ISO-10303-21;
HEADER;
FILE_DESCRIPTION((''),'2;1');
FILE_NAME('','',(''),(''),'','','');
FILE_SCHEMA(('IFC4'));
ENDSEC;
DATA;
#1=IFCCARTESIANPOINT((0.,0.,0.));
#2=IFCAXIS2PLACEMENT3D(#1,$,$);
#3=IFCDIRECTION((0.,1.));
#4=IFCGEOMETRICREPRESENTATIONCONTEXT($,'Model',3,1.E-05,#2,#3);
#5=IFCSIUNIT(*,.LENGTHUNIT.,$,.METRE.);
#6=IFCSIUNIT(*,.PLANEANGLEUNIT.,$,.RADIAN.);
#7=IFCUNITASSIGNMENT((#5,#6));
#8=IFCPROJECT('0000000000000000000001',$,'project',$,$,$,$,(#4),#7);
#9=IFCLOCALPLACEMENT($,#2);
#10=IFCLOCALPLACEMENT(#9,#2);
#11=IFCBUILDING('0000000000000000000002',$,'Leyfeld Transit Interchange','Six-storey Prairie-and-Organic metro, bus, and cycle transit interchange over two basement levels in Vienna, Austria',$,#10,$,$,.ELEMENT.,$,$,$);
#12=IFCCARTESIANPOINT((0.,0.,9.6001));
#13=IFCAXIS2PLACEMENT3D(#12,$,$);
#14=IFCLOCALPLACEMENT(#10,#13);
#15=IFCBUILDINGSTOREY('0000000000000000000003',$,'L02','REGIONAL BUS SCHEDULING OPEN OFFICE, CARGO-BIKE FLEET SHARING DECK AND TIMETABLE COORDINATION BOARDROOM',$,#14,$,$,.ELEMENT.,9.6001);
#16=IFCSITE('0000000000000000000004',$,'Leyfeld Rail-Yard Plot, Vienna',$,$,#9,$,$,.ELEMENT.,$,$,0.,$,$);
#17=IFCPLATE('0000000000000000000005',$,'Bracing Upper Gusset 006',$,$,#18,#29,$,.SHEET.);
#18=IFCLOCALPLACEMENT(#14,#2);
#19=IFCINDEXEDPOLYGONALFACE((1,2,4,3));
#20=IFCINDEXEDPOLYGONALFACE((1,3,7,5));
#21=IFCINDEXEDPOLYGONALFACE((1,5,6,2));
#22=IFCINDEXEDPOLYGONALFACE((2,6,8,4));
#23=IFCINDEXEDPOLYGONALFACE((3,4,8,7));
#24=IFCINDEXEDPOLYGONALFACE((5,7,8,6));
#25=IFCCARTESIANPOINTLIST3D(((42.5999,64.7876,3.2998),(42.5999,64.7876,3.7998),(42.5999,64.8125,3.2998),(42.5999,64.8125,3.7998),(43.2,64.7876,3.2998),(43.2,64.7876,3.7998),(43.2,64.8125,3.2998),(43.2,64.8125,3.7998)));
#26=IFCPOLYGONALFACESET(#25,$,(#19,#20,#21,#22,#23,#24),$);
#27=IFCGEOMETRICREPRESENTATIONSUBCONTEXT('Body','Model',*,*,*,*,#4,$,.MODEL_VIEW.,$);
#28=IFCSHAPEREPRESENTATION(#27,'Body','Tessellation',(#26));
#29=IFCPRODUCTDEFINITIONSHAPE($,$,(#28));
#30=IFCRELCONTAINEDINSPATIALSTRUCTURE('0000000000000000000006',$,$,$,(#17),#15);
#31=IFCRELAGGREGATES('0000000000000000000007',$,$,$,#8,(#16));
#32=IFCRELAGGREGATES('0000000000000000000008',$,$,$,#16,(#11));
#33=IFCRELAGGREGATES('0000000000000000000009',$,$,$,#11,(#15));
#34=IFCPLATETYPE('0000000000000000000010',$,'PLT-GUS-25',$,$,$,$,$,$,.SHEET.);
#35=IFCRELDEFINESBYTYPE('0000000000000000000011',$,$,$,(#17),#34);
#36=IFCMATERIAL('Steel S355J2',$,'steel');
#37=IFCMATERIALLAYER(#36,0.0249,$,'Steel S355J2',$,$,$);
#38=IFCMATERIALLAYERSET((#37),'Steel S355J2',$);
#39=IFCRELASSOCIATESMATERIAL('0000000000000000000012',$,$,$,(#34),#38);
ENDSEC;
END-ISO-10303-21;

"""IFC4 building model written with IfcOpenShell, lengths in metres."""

from ifc_helpers import new_model, si_unit, direction, frame, origin, origin_2d, place, context, subcontext, project, spatial, rectangle, extrude, material, layer, layer_set, type_object, element, save


model = new_model("IFC4")

# Units and contexts
model_context = context("Model", 3, precision=1e-05, world=origin(), true_north=direction((0.0, 1.0)))
body_context = subcontext(model_context, "Body", "Model", "MODEL_VIEW")
ifc_project = project(units=[si_unit("LENGTHUNIT", "METRE"), si_unit("PLANEANGLEUNIT", "RADIAN")], contexts=[model_context])

# Site, building, storey
site_placement = place(None, origin())
site = spatial("IfcSite", under=ifc_project, at=site_placement, Name="Leyfeld Rail-Yard Plot, Vienna", CompositionType="ELEMENT", RefElevation=0.0)
building_placement = place(site_placement, origin())
building = spatial("IfcBuilding", under=site, at=building_placement, Name="Leyfeld Transit Interchange", Description="Six-storey Prairie-and-Organic metro, bus, and cycle transit interchange over two basement levels in Vienna, Austria", CompositionType="ELEMENT")
storey_placement = place(building_placement, frame((0.0, 0.0, 9.6001)))
storey = spatial("IfcBuildingStorey", under=building, at=storey_placement, Name="L02", Description="REGIONAL BUS SCHEDULING OPEN OFFICE, CARGO-BIKE FLEET SHARING DECK AND TIMETABLE COORDINATION BOARDROOM", CompositionType="ELEMENT", Elevation=9.6001)

# Shared definitions
ifc_material_1 = material(Name="Steel S355J2", Category="steel")

# Plate
ifc_layer_1 = layer(ifc_material_1, 0.0249, Name="Steel S355J2")
ifc_layer_set_1 = layer_set([ifc_layer_1], Name="Steel S355J2")
plate_type_1 = type_object("IfcPlateType", Name="PLT-GUS-25", PredefinedType="SHEET", material=ifc_layer_set_1)
for number, where, z_axis, x_axis, name in (
    (1, (42.8999, 64.8, 3.2998), (0.0, 0.0, 1.0), (1.0, 0.0, 0.0), "Bracing Upper Gusset 006"),
):
    element("IfcPlate", number, at=place(storey_placement, frame(where, z_axis=z_axis, x_axis=x_axis)), inside=storey, type_object=plate_type_1, Name=name, PredefinedType="SHEET", context=body_context, shape_type="SweptSolid", body=[
        extrude(rectangle(XDim=0.6001, YDim=0.0249, at=origin_2d()), origin(), (0.0, 0.0, 1.0), 0.5),
    ])

save(model, "model.ifc")
